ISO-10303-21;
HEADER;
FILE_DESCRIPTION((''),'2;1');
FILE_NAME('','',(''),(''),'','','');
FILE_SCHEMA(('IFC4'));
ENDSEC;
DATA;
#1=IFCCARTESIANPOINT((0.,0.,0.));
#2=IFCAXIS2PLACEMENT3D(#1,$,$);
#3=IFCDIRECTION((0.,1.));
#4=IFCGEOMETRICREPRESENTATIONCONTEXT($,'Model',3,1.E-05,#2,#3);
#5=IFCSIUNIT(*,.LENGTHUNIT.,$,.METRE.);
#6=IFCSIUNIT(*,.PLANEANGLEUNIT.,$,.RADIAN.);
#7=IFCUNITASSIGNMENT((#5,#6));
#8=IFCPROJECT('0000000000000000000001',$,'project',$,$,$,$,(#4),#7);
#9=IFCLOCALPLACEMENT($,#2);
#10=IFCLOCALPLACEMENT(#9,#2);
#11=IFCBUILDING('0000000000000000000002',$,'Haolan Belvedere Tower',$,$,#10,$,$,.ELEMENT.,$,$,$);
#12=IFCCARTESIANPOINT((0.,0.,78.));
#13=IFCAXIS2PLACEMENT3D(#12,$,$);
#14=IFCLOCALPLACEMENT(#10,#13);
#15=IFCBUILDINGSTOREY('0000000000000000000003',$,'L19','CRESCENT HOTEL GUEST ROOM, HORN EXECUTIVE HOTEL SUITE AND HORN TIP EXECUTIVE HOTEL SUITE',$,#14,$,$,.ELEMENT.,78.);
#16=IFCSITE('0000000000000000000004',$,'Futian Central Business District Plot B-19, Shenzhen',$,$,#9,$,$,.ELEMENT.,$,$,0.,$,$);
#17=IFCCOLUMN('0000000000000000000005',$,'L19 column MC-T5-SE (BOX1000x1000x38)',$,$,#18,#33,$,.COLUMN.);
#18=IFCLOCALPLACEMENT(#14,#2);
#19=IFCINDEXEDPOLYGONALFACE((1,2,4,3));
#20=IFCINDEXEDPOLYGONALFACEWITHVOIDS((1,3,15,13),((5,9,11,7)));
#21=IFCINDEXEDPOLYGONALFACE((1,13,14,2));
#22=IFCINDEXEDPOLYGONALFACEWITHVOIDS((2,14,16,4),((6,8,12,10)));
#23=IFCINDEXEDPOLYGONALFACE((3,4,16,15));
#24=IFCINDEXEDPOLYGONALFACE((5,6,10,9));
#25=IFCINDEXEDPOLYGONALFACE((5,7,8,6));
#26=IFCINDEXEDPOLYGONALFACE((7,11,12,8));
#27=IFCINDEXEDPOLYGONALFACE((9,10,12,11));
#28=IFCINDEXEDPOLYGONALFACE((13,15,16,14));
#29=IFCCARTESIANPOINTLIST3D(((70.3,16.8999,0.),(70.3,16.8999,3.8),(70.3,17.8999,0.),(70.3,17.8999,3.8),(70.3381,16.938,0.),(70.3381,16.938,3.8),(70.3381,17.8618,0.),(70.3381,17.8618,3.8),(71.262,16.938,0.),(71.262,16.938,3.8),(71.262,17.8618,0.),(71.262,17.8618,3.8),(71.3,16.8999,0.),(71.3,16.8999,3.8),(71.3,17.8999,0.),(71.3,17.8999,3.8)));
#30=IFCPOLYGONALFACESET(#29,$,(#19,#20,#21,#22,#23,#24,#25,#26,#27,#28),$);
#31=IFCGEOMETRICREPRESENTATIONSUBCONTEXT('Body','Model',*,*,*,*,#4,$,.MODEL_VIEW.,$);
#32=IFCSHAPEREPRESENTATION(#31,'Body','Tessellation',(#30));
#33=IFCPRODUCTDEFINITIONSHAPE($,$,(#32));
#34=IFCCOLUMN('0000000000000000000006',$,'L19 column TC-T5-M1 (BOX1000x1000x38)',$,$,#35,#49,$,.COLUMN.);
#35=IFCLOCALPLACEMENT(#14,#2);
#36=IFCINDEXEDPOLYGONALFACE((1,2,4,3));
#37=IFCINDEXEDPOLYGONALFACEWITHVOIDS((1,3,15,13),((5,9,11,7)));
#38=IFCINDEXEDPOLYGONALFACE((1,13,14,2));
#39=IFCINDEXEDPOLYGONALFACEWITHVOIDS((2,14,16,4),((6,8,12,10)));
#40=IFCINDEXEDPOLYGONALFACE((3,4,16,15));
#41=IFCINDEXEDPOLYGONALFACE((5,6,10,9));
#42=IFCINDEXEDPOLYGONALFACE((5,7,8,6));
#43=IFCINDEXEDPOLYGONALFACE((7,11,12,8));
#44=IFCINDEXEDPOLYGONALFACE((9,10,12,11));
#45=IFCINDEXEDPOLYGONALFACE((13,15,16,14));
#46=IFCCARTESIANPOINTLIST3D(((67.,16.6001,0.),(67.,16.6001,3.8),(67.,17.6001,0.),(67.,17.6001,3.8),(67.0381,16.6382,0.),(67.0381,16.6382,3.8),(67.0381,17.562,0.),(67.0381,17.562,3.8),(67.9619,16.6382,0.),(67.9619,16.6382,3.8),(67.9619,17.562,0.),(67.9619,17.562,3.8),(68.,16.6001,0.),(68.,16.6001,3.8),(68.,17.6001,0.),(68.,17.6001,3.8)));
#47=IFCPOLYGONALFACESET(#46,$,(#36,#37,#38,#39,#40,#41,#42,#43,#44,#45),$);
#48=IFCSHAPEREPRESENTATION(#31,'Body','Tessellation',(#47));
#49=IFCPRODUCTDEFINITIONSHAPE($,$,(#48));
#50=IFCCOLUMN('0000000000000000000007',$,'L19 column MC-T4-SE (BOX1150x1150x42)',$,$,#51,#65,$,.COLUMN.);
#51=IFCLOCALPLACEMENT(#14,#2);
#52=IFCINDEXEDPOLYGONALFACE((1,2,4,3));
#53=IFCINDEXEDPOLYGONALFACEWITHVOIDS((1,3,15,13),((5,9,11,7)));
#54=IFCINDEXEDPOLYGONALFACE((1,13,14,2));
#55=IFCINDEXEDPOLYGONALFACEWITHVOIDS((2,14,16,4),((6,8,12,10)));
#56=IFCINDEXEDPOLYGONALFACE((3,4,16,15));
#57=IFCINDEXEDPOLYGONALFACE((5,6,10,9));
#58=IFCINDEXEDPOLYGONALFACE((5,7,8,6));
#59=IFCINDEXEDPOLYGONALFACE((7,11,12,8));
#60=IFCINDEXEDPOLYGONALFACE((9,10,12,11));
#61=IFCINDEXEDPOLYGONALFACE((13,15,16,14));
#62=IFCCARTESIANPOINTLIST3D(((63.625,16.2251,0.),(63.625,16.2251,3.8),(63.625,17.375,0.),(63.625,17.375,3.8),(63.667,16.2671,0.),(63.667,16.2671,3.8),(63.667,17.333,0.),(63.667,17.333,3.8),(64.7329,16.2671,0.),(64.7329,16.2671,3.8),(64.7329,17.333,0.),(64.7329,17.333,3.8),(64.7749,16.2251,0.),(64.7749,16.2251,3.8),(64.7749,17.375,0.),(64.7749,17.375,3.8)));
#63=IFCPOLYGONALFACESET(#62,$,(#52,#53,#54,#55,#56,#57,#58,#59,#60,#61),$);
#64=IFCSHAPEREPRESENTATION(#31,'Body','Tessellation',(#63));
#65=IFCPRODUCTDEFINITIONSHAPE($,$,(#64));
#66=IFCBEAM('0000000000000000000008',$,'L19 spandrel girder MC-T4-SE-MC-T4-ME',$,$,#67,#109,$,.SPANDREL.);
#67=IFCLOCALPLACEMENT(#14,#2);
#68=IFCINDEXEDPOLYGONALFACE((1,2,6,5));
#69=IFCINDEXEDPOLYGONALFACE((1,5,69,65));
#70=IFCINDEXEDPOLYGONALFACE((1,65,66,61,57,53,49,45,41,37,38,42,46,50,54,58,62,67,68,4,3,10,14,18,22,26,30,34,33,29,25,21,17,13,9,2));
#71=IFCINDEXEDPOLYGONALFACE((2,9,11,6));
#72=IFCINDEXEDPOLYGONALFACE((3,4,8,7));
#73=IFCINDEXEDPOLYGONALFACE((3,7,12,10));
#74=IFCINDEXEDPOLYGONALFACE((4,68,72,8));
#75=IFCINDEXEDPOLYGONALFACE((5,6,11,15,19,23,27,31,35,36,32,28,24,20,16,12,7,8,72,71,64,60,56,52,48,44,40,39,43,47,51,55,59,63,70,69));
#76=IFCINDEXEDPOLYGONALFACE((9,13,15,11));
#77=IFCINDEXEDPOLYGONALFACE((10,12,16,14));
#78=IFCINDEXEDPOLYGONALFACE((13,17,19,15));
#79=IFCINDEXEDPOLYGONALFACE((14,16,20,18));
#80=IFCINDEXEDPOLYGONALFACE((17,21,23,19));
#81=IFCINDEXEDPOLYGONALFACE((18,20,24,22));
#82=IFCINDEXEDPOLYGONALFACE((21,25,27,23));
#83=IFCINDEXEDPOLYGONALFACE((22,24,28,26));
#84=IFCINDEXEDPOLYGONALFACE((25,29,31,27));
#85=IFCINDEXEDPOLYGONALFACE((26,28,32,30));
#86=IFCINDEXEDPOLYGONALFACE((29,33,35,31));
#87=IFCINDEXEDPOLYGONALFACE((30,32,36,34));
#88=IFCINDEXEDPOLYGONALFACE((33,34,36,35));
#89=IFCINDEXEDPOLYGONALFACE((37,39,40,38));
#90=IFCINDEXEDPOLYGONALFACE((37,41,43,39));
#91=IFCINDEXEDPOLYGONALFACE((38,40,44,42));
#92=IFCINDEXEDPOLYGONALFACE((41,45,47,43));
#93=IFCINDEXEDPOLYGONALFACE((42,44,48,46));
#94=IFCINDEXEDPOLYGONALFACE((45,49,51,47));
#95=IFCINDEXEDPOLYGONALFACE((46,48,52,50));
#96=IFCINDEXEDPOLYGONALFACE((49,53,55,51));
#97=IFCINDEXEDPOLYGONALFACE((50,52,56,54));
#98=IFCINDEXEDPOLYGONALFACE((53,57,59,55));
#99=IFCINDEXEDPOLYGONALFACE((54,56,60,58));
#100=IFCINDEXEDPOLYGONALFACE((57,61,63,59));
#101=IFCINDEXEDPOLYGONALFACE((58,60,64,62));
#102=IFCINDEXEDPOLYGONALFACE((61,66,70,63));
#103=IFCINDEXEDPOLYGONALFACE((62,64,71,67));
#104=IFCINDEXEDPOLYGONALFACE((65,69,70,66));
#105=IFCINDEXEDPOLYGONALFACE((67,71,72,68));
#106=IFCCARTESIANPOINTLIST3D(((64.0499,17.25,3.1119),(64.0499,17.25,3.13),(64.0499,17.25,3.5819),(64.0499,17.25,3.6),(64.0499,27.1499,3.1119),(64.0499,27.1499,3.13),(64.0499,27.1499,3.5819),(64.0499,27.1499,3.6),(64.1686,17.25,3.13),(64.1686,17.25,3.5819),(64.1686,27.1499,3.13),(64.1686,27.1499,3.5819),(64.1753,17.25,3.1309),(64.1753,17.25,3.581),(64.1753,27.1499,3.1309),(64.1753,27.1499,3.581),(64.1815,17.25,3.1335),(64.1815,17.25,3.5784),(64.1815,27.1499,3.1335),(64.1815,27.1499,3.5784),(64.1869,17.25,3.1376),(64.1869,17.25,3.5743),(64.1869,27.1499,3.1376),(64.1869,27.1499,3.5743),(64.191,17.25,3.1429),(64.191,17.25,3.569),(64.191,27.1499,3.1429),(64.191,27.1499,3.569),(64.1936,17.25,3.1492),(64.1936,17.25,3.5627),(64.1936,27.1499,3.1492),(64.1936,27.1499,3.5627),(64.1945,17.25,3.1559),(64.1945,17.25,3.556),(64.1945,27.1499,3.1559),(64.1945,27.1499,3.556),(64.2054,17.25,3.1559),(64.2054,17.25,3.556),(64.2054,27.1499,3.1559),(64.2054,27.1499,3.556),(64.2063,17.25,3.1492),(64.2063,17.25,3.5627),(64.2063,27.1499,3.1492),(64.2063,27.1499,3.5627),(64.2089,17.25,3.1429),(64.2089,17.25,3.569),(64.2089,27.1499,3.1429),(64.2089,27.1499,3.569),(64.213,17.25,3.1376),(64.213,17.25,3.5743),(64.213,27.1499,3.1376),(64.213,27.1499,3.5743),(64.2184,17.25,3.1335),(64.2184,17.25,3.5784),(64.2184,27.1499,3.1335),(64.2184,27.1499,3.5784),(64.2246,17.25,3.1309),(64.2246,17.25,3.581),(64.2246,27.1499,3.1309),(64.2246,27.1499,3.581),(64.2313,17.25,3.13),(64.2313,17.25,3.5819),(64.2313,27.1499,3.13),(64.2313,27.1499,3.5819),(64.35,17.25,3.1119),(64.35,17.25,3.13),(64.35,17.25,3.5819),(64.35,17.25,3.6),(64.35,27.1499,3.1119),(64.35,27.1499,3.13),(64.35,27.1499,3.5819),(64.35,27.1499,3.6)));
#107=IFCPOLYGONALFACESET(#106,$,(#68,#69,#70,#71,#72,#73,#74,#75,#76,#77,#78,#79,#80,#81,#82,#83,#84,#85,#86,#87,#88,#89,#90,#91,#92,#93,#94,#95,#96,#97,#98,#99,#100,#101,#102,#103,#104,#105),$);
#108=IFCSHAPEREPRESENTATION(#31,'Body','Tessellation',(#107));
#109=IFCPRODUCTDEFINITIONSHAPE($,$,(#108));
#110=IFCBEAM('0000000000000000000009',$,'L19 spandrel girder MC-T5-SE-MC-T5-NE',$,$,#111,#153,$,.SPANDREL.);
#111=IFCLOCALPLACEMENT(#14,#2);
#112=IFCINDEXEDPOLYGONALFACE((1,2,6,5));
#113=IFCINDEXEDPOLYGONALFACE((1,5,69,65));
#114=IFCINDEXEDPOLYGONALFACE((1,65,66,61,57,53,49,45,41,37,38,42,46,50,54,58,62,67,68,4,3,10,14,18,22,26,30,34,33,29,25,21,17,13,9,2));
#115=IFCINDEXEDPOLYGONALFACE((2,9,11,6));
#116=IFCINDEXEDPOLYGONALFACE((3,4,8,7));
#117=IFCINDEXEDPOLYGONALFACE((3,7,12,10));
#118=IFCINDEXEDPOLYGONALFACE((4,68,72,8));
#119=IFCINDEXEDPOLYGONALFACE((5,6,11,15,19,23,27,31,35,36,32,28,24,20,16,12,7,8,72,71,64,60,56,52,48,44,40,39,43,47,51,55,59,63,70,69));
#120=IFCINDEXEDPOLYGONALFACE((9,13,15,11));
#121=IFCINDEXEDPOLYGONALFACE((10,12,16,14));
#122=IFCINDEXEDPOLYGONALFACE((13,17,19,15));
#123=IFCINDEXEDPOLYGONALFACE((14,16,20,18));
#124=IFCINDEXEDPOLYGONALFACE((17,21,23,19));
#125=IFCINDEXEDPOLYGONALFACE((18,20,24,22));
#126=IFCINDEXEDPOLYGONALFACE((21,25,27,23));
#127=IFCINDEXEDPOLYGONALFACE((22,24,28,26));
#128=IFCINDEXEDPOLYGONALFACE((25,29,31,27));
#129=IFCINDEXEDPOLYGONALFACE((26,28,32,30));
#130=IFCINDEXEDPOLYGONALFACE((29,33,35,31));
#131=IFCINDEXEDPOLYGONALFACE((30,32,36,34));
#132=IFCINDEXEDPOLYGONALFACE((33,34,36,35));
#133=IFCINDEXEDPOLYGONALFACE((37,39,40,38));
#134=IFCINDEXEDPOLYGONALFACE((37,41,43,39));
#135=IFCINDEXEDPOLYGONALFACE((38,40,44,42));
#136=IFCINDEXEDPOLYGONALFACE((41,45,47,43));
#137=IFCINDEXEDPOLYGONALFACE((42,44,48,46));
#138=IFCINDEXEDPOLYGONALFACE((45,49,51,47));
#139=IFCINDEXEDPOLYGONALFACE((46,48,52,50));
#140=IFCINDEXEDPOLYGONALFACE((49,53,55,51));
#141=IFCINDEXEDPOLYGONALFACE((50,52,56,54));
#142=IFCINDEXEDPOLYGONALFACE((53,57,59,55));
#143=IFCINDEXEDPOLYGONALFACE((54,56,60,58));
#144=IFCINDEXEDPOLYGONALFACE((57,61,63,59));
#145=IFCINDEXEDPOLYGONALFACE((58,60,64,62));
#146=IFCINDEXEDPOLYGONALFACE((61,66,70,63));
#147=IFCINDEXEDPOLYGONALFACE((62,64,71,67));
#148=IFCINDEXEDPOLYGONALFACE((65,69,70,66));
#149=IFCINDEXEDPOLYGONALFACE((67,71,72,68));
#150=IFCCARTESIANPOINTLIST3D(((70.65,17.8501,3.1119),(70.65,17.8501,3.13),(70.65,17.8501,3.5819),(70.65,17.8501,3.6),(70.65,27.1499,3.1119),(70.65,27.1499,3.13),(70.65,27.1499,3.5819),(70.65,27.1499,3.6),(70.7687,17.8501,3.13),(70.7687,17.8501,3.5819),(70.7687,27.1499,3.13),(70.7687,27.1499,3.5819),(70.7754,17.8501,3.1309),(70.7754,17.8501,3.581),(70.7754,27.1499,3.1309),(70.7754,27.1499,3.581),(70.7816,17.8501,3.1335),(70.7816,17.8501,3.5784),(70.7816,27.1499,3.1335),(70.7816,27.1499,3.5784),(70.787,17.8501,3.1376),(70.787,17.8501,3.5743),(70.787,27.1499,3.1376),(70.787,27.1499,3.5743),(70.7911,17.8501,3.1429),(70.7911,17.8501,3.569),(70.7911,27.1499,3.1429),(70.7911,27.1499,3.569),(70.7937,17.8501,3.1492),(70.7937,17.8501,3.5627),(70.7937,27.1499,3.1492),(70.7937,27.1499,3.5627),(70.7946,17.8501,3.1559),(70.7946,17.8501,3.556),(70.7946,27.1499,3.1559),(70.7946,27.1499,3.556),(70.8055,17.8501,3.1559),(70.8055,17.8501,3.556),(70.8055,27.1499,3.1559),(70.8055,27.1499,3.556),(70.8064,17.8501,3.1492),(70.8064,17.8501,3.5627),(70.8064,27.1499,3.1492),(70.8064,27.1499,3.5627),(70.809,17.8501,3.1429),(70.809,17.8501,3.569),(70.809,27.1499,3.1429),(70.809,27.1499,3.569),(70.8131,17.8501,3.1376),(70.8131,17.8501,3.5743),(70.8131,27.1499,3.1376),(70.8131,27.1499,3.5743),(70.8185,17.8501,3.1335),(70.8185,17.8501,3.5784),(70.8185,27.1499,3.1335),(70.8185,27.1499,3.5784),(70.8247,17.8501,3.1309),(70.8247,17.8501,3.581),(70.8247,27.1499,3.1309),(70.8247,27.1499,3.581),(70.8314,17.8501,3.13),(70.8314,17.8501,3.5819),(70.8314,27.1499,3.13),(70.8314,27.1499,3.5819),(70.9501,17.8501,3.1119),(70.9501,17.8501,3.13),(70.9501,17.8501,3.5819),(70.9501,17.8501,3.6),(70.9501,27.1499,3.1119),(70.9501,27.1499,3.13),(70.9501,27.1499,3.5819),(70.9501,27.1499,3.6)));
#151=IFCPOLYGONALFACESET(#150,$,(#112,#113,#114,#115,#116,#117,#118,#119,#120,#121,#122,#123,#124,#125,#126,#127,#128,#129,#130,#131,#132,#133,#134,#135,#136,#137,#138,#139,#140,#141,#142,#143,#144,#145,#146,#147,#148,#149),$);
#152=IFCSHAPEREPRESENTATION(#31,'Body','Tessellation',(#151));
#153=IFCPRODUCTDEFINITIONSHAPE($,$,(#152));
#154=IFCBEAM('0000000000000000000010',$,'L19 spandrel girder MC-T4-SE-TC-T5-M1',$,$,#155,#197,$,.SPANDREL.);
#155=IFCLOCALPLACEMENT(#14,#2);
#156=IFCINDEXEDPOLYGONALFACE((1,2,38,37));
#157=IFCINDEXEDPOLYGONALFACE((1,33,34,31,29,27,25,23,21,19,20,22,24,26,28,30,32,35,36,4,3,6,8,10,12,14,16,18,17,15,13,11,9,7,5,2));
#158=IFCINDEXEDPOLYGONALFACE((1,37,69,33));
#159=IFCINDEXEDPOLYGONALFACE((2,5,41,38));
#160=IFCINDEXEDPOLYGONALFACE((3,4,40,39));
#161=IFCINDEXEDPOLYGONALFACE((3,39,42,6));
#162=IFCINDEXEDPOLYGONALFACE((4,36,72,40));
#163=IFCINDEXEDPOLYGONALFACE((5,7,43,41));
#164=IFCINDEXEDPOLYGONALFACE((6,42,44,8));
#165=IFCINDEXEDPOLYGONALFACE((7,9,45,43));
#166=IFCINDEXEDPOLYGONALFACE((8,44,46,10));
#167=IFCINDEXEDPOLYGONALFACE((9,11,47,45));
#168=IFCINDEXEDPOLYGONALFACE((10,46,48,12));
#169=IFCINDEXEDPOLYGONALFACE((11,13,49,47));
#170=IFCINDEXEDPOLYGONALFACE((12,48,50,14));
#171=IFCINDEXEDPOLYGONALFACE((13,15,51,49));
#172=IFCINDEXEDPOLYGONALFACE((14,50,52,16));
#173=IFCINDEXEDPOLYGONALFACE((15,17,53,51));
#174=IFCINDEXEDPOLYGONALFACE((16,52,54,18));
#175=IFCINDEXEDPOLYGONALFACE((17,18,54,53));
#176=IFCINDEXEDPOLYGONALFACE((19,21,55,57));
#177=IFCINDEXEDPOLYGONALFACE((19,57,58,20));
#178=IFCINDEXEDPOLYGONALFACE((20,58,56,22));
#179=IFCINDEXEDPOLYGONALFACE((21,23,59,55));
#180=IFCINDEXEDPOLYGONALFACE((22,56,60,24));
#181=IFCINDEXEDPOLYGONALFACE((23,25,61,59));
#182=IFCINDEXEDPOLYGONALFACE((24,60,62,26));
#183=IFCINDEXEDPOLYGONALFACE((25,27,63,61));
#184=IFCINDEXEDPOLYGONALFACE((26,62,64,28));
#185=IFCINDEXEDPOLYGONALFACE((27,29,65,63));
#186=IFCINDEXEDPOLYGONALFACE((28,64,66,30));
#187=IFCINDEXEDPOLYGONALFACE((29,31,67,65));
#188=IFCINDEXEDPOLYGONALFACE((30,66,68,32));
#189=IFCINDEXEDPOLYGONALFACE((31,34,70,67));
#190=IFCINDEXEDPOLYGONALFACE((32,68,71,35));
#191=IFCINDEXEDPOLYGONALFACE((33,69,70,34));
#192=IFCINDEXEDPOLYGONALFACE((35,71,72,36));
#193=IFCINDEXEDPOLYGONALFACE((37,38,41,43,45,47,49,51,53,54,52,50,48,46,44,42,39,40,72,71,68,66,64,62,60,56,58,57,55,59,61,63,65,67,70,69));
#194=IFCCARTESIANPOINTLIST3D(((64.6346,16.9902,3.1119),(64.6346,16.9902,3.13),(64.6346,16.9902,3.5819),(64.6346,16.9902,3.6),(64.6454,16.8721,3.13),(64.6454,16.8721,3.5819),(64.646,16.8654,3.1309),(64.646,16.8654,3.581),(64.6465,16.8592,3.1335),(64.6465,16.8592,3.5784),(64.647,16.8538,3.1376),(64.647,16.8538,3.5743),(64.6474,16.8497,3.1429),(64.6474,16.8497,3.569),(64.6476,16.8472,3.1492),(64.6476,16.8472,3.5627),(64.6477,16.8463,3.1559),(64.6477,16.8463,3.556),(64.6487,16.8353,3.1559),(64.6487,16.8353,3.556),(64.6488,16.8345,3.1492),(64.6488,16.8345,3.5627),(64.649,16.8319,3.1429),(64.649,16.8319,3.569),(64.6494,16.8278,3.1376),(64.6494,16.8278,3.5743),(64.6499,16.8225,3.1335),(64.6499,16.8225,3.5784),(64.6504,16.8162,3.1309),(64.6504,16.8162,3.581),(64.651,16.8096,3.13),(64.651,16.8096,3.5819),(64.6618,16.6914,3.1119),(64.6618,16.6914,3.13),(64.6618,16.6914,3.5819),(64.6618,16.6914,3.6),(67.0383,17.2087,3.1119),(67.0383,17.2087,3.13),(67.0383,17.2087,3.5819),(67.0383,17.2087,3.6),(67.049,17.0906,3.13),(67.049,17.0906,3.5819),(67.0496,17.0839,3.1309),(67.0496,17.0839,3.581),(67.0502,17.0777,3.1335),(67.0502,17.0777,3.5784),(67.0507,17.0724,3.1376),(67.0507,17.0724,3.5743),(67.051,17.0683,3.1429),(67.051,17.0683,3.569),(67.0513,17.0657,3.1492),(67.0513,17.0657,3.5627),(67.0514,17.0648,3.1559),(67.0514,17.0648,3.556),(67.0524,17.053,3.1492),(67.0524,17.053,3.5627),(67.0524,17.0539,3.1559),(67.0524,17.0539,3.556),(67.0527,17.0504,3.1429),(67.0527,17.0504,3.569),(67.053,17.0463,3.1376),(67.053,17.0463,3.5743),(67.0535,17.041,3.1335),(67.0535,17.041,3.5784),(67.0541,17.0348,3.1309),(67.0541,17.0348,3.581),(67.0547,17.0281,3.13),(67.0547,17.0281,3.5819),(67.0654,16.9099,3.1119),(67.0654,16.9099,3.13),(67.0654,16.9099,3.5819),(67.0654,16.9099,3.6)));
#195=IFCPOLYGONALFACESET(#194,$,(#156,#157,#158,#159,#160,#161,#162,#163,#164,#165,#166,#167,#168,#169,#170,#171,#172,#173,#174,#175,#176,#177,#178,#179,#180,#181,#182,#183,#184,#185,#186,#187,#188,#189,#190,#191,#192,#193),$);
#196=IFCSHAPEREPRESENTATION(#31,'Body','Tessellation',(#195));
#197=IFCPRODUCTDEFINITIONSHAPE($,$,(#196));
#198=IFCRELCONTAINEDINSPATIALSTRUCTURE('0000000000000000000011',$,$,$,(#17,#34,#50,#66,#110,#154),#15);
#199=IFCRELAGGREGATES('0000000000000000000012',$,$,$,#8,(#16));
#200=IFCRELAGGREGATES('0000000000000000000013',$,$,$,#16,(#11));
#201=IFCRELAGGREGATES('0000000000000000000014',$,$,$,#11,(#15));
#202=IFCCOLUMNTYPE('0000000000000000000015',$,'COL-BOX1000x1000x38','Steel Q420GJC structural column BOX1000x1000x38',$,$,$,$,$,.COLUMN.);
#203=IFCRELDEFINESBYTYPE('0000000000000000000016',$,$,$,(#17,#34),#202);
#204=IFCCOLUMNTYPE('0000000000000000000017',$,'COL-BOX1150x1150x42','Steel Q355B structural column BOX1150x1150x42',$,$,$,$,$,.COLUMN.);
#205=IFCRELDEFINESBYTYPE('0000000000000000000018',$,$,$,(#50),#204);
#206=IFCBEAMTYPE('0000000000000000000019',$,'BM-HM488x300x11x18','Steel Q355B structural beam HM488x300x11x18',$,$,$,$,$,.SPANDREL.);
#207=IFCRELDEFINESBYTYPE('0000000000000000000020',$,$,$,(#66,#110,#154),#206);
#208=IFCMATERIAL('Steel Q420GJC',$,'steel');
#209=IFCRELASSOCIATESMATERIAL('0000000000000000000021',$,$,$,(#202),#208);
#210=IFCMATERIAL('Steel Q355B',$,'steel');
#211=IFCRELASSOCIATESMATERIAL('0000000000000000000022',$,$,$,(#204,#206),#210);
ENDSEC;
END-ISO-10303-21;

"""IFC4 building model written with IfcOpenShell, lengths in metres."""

from ifc_helpers import new_model, si_unit, direction, frame, origin, origin_2d, place, context, subcontext, project, spatial, hollow_rectangle, i_section, extrude, material, material_profile, profile_set, type_object, element, save


model = new_model("IFC4")

# Units and contexts
model_context = context("Model", 3, precision=1e-05, world=origin(), true_north=direction((0.0, 1.0)))
body_context = subcontext(model_context, "Body", "Model", "MODEL_VIEW")
ifc_project = project(units=[si_unit("LENGTHUNIT", "METRE"), si_unit("PLANEANGLEUNIT", "RADIAN")], contexts=[model_context])

# Site, building, storey
site_placement = place(None, origin())
site = spatial("IfcSite", under=ifc_project, at=site_placement, Name="Futian Central Business District Plot B-19, Shenzhen", CompositionType="ELEMENT", RefElevation=0.0)
building_placement = place(site_placement, origin())
building = spatial("IfcBuilding", under=site, at=building_placement, Name="Haolan Belvedere Tower", CompositionType="ELEMENT")
storey_placement = place(building_placement, frame((0.0, 0.0, 78.0)))
storey = spatial("IfcBuildingStorey", under=building, at=storey_placement, Name="L19", Description="CRESCENT HOTEL GUEST ROOM, HORN EXECUTIVE HOTEL SUITE AND HORN TIP EXECUTIVE HOTEL SUITE", CompositionType="ELEMENT", Elevation=78.0)

# Columns
ifc_material_1 = material(Name="Steel Q420GJC", Category="steel")
ifc_material_profile_1 = material_profile(ifc_material_1, hollow_rectangle(XDim=1.0, YDim=1.0, WallThickness=0.0381, at=origin_2d()), Name="Steel Q420GJC")
ifc_profile_set_1 = profile_set([ifc_material_profile_1], Name="Steel Q420GJC")
column_type_1 = type_object("IfcColumnType", Name="COL-BOX1000x1000x38", Description="Steel Q420GJC structural column BOX1000x1000x38", PredefinedType="COLUMN", material=ifc_profile_set_1)
for number, where, z_axis, x_axis, name in (
    (1, (70.8, 17.3999, 0.0), (0.0, 0.0, 1.0), (1.0, 0.0, 0.0), "L19 column MC-T5-SE (BOX1000x1000x38)"),
    (2, (67.5, 17.1001, 0.0), (0.0, 0.0, 1.0), (1.0, 0.0, 0.0), "L19 column TC-T5-M1 (BOX1000x1000x38)"),
):
    element("IfcColumn", number, at=place(storey_placement, frame(where, z_axis=z_axis, x_axis=x_axis)), inside=storey, type_object=column_type_1, Name=name, PredefinedType="COLUMN", context=body_context, shape_type="SweptSolid", body=[
        extrude(hollow_rectangle(XDim=1.0, YDim=1.0, WallThickness=0.0381, at=origin_2d()), origin(), (0.0, 0.0, 1.0), 3.8),
    ])
ifc_material_2 = material(Name="Steel Q355B", Category="steel")
ifc_material_profile_2 = material_profile(ifc_material_2, hollow_rectangle(XDim=1.1499, YDim=1.1499, WallThickness=0.042, at=origin_2d()), Name="Steel Q355B")
ifc_profile_set_2 = profile_set([ifc_material_profile_2], Name="Steel Q355B")
column_type_2 = type_object("IfcColumnType", Name="COL-BOX1150x1150x42", Description="Steel Q355B structural column BOX1150x1150x42", PredefinedType="COLUMN", material=ifc_profile_set_2)
column_placement = place(storey_placement, frame((64.2, 16.8, 0.0), z_axis=(0.0, 0.0, 1.0), x_axis=(1.0, 0.0, 0.0)))
element("IfcColumn", 3, at=column_placement, inside=storey, type_object=column_type_2, Name="L19 column MC-T4-SE (BOX1150x1150x42)", PredefinedType="COLUMN", context=body_context, shape_type="SweptSolid", body=[
    extrude(hollow_rectangle(XDim=1.1499, YDim=1.1499, WallThickness=0.042, at=origin_2d()), origin(), (0.0, 0.0, 1.0), 3.8),
])

# Beams
ifc_material_profile_3 = material_profile(ifc_material_2, i_section(OverallWidth=0.3, OverallDepth=0.488, WebThickness=0.011, FlangeThickness=0.0181, FilletRadius=0.0259, at=origin_2d()), Name="Steel Q355B")
ifc_profile_set_3 = profile_set([ifc_material_profile_3], Name="Steel Q355B")
beam_type = type_object("IfcBeamType", Name="BM-HM488x300x11x18", Description="Steel Q355B structural beam HM488x300x11x18", PredefinedType="SPANDREL", material=ifc_profile_set_3)
beam_1_placement = place(storey_placement, frame((64.2, 17.25, 3.356), z_axis=(0.0, 1.0, 0.0), x_axis=(-1.0, 0.0, 0.0)))
element("IfcBeam", 4, at=beam_1_placement, inside=storey, type_object=beam_type, Name="L19 spandrel girder MC-T4-SE-MC-T4-ME", PredefinedType="SPANDREL", context=body_context, shape_type="SweptSolid", body=[
    extrude(i_section(OverallWidth=0.3, OverallDepth=0.488, WebThickness=0.011, FlangeThickness=0.0181, FilletRadius=0.0259, at=origin_2d()), origin(), (0.0, 0.0, 1.0), 9.8999),
])
beam_2_placement = place(storey_placement, frame((70.8, 17.8501, 3.356), z_axis=(0.0, 1.0, 0.0), x_axis=(-1.0, 0.0, 0.0)))
element("IfcBeam", 5, at=beam_2_placement, inside=storey, type_object=beam_type, Name="L19 spandrel girder MC-T5-SE-MC-T5-NE", PredefinedType="SPANDREL", context=body_context, shape_type="SweptSolid", body=[
    extrude(i_section(OverallWidth=0.3, OverallDepth=0.488, WebThickness=0.011, FlangeThickness=0.0181, FilletRadius=0.0259, at=origin_2d()), origin(), (0.0, 0.0, 1.0), 9.2998),
])
for number, where, z_axis, x_axis, name in (
    (6, (64.6482, 16.8408, 3.356), (0.995893, 0.090536, 0.0), (-0.090536, 0.995893, 0.0), "L19 spandrel girder MC-T4-SE-TC-T5-M1"),
):
    element("IfcBeam", number, at=place(storey_placement, frame(where, z_axis=z_axis, x_axis=x_axis)), inside=storey, type_object=beam_type, Name=name, PredefinedType="SPANDREL", context=body_context, shape_type="SweptSolid", body=[
        extrude(i_section(OverallWidth=0.3, OverallDepth=0.488, WebThickness=0.011, FlangeThickness=0.0181, FilletRadius=0.0259, at=origin_2d()), origin(), (0.0, 0.0, 1.0), 2.4136),
    ])

save(model, "model.ifc")
